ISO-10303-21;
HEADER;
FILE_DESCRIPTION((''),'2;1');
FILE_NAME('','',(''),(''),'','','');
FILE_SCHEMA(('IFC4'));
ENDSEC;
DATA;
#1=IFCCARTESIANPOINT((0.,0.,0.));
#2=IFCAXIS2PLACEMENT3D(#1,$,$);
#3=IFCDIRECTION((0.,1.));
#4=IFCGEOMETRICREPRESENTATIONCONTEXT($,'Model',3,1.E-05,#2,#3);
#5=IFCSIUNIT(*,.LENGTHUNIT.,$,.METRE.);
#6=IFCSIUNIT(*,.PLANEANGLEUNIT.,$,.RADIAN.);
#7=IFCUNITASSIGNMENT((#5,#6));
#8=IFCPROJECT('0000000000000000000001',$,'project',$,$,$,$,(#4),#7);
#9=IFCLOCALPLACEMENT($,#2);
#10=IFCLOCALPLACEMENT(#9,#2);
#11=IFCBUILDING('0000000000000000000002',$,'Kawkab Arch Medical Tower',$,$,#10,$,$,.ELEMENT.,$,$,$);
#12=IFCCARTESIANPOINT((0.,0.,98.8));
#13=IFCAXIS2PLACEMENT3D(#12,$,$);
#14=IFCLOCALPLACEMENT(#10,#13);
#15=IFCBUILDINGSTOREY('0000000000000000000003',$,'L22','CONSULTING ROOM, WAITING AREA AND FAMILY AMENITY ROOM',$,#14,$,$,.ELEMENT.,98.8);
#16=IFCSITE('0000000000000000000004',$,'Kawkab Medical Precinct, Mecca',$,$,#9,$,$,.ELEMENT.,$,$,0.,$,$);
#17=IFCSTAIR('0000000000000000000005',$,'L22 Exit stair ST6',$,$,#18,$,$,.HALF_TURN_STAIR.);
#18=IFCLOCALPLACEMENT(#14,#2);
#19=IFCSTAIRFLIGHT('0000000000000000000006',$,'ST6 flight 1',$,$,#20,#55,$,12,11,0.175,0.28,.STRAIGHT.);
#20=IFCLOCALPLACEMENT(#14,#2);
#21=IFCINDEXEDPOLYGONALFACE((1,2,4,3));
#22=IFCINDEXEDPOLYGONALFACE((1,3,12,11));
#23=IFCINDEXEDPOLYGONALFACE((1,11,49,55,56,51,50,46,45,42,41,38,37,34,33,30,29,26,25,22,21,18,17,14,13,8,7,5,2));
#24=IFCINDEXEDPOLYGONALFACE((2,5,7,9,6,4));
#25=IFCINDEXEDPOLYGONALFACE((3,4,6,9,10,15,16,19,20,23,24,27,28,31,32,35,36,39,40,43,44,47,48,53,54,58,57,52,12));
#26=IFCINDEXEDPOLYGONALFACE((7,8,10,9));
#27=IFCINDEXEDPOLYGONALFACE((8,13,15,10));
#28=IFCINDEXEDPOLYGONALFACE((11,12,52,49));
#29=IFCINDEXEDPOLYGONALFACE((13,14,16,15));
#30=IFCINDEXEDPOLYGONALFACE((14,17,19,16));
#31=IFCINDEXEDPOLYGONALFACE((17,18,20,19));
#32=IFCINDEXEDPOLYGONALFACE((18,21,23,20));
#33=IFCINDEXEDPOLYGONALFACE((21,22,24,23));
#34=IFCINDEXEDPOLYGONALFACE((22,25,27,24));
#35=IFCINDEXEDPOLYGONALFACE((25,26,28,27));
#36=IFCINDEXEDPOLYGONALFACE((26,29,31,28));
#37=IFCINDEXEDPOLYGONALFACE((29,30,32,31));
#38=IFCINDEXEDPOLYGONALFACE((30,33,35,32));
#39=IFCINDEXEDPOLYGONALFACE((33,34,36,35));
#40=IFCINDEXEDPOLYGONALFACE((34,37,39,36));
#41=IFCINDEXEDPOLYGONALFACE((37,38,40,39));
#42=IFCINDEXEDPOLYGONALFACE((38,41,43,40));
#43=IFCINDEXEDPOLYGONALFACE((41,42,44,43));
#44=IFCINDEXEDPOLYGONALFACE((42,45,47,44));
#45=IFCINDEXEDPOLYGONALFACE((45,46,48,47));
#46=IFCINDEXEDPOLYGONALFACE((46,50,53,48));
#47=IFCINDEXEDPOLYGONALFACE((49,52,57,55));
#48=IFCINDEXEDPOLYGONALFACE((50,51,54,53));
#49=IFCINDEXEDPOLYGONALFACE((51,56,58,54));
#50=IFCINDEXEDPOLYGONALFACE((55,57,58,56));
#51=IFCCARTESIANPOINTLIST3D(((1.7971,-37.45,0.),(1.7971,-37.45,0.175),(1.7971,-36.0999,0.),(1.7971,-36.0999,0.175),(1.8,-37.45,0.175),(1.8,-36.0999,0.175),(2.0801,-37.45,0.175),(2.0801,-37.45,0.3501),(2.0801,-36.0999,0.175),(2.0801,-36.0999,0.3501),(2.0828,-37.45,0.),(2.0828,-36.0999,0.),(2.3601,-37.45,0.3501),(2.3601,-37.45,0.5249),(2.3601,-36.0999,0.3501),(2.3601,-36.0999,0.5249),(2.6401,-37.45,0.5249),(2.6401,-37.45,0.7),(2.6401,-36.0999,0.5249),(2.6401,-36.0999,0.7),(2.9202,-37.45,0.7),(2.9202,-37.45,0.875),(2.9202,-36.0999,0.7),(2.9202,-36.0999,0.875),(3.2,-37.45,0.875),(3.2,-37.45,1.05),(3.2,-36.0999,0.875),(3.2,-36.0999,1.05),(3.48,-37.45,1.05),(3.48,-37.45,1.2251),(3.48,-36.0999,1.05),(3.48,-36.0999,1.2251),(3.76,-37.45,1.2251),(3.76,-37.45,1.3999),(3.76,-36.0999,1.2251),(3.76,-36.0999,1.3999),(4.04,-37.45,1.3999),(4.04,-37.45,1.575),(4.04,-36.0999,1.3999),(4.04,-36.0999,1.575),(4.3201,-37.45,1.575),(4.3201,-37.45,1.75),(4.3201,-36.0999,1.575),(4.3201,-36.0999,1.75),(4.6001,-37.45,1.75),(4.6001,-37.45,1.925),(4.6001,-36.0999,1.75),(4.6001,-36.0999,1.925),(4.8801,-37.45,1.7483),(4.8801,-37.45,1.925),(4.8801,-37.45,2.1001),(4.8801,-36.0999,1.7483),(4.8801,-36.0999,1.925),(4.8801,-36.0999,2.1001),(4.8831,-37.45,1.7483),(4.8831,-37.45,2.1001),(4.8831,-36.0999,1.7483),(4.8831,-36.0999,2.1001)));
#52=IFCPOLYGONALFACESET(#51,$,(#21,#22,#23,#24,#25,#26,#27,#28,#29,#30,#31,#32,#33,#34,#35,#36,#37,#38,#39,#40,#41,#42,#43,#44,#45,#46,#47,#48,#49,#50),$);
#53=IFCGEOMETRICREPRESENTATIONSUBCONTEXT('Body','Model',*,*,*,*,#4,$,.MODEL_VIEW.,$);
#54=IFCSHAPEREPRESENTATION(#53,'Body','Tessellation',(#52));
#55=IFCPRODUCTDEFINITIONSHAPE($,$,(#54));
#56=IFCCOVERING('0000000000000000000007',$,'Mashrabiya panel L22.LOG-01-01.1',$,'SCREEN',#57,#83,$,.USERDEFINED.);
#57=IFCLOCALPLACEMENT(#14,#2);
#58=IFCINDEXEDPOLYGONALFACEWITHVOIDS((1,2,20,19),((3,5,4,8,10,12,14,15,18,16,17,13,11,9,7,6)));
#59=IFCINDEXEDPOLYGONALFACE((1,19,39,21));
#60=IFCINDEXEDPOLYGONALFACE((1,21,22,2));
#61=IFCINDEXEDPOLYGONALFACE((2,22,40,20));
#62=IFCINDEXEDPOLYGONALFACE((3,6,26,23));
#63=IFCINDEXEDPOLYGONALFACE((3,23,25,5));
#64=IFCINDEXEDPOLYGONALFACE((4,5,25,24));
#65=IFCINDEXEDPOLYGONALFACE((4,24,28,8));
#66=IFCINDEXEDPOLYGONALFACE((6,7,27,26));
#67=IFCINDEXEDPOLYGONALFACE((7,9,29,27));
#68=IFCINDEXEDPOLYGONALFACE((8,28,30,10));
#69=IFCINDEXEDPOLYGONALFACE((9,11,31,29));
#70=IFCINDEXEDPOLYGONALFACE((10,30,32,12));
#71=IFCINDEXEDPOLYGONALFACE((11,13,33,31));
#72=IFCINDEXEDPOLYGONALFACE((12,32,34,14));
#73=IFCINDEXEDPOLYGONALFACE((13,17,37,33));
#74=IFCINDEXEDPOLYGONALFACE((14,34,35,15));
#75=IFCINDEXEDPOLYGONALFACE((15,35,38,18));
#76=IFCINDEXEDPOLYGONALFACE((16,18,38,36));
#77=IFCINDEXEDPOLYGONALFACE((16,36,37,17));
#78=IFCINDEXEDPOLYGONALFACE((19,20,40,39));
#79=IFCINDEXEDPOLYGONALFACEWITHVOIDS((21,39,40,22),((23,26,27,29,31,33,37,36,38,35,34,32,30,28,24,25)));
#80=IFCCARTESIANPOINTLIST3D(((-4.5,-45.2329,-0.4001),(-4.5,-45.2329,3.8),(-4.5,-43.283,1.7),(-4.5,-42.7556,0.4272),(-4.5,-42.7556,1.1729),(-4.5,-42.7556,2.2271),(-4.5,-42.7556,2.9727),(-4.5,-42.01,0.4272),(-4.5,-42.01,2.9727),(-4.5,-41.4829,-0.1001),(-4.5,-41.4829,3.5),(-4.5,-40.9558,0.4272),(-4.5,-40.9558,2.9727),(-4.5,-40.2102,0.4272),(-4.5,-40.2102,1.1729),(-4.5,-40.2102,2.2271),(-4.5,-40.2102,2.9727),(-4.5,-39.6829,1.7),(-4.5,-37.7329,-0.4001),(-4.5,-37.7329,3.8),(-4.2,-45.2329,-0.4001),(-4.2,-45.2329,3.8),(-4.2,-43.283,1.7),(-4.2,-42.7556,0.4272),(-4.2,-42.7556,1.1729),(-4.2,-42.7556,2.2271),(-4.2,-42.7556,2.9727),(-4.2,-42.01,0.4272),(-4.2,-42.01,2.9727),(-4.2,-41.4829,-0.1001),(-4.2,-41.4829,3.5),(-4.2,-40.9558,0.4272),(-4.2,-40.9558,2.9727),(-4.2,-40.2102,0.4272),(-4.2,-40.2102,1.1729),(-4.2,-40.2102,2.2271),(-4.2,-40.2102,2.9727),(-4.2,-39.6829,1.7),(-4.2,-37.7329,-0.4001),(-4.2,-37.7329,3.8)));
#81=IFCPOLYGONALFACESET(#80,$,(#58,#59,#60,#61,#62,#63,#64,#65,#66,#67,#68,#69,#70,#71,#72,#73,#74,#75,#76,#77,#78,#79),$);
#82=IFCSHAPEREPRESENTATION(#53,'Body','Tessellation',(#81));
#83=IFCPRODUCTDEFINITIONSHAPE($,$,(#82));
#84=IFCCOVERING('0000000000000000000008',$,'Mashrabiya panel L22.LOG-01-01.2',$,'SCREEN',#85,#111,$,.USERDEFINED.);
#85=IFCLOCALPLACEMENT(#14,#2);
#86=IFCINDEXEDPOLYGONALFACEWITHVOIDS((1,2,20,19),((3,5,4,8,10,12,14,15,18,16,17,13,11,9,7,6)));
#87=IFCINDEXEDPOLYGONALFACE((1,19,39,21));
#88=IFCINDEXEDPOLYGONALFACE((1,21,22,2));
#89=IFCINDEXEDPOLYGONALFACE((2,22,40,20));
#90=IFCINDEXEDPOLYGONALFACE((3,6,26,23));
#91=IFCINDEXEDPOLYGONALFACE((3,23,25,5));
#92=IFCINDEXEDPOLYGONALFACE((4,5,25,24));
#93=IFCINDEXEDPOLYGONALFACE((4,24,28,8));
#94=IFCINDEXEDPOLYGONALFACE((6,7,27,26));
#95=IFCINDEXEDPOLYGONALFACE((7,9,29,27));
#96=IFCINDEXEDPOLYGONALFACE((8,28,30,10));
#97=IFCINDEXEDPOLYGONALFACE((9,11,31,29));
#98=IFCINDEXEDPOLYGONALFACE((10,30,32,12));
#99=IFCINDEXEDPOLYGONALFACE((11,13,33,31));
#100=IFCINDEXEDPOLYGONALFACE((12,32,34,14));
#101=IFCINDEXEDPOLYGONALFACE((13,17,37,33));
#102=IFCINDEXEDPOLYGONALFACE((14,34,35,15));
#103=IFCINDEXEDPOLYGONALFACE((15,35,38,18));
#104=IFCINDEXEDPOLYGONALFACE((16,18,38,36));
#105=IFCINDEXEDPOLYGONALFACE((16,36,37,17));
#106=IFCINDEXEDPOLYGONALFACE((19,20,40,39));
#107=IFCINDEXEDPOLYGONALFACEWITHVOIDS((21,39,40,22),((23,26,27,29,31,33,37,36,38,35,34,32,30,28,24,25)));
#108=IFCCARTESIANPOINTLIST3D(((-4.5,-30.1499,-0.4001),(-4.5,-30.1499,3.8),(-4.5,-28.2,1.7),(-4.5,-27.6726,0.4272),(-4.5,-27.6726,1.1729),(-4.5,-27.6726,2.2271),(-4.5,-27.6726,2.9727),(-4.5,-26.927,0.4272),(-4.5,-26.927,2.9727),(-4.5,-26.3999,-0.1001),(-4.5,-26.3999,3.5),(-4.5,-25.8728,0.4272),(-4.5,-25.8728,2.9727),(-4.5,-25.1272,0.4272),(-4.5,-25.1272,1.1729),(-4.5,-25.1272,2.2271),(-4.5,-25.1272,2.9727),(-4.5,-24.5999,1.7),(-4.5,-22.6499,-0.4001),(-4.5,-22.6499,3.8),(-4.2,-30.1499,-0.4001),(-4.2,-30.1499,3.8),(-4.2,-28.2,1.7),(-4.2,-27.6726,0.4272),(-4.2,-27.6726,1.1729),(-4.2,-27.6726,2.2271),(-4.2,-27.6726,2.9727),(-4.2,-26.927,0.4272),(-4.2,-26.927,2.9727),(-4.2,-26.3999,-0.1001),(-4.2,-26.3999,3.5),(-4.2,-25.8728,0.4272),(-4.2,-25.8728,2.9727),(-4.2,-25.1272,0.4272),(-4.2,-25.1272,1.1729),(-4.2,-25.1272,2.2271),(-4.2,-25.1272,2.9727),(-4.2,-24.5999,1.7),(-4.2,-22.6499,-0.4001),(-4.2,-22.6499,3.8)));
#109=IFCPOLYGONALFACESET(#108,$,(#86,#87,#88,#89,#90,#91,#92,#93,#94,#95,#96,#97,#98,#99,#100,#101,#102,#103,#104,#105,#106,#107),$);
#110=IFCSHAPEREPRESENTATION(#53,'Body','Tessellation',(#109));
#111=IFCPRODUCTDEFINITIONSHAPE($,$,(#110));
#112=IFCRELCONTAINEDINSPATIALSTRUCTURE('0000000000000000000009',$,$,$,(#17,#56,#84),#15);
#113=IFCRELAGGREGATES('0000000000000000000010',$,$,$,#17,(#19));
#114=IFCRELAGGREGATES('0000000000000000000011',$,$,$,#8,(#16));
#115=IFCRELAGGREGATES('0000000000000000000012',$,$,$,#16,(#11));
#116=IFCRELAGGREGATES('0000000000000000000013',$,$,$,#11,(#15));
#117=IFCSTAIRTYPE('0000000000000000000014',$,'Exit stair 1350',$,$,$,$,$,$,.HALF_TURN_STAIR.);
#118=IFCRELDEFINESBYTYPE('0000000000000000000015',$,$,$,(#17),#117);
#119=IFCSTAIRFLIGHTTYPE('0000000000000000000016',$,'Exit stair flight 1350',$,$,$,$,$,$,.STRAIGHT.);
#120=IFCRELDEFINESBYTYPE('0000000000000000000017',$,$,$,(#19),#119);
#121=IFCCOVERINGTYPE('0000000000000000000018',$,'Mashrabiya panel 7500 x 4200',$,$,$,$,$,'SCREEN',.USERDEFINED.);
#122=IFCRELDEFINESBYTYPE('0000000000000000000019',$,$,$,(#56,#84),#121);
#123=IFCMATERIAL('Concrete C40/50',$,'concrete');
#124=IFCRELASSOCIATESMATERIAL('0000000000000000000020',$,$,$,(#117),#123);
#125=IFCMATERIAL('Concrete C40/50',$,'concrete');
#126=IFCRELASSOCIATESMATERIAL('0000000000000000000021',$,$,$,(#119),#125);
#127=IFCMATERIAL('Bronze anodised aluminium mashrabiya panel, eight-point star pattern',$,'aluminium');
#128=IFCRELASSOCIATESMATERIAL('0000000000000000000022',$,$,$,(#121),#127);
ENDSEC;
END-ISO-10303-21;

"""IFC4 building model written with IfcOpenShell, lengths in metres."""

from ifc_helpers import new_model, si_unit, direction, frame, origin, place, context, subcontext, project, spatial, polyline, outline, extrude, material, material_profile, profile_set, type_object, element, aggregate, save


model = new_model("IFC4")

# Units and contexts
model_context = context("Model", 3, precision=1e-05, world=origin(), true_north=direction((0.0, 1.0)))
body_context = subcontext(model_context, "Body", "Model", "MODEL_VIEW")
ifc_project = project(units=[si_unit("LENGTHUNIT", "METRE"), si_unit("PLANEANGLEUNIT", "RADIAN")], contexts=[model_context])

# Site, building, storey
site_placement = place(None, origin())
site = spatial("IfcSite", under=ifc_project, at=site_placement, Name="Kawkab Medical Precinct, Mecca", CompositionType="ELEMENT", RefElevation=0.0)
building_placement = place(site_placement, origin())
building = spatial("IfcBuilding", under=site, at=building_placement, Name="Kawkab Arch Medical Tower", CompositionType="ELEMENT")
storey_placement = place(building_placement, frame((0.0, 0.0, 98.8)))
storey = spatial("IfcBuildingStorey", under=building, at=storey_placement, Name="L22", Description="CONSULTING ROOM, WAITING AREA AND FAMILY AMENITY ROOM", CompositionType="ELEMENT", Elevation=98.8)

# Shared definitions
placement = place(storey_placement, origin())

# Stair, stair flight
ifc_material_1 = material(Name="Concrete C40/50", Category="concrete")
stair_type = type_object("IfcStairType", Name="Exit stair 1350", PredefinedType="HALF_TURN_STAIR", material=ifc_material_1)
stair = element("IfcStair", 1, at=placement, inside=storey, type_object=stair_type, Name="L22 Exit stair ST6", PredefinedType="HALF_TURN_STAIR")
ifc_material_2 = material(Name="Concrete C40/50", Category="concrete")
stair_flight_type = type_object("IfcStairFlightType", Name="Exit stair flight 1350", PredefinedType="STRAIGHT", material=ifc_material_2)
stair_flight_placement = place(storey_placement, frame((1.8, -36.7749, 0.0), z_axis=(0.0, 0.0, 1.0), x_axis=(1.0, 0.0, 0.0)))
stair_flight = element("IfcStairFlight", 2, at=stair_flight_placement, type_object=stair_flight_type, Name="ST6 flight 1", NumberOfRisers=12, NumberOfTreads=11, PredefinedType="STRAIGHT", RiserHeight=0.175, TreadLength=0.28, context=body_context, shape_type="SweptSolid", body=[
    extrude(outline(polyline([(-0.0029, 0.0), (-0.0029, 0.175), (0.0, 0.175), (0.28, 0.175), (0.28, 0.3501), (0.5601, 0.3501), (0.5601, 0.5249), (0.8401, 0.5249), (0.8401, 0.7), (1.1201, 0.7), (1.1201, 0.875), (1.3999, 0.875), (1.3999, 1.05), (1.6799, 1.05), (1.6799, 1.2251), (1.96, 1.2251), (1.96, 1.3999), (2.24, 1.3999), (2.24, 1.575), (2.52, 1.575), (2.52, 1.75), (2.8, 1.75), (2.8, 1.925), (3.0801, 1.925), (3.0801, 2.1001), (3.083, 2.1001), (3.083, 1.7483), (3.0801, 1.7483), (0.2827, 0.0), (-0.0029, 0.0)])), frame((0.0, 0.675, 0.0), z_axis=(0.0, -1.0, 0.0), x_axis=(1.0, 0.0, 0.0)), (0.0, 0.0, 1.0), 1.3501),
])
aggregate(stair, [stair_flight])

# Coverings
ifc_material_3 = material(Name="Bronze anodised aluminium mashrabiya panel, eight-point star pattern", Category="aluminium")
ifc_material_profile_1 = material_profile(ifc_material_3, outline(polyline([(-3.75, -2.1001), (3.75, -2.1001), (3.75, 2.1001), (-3.75, 2.1001), (-3.75, -2.1001)]), holes=[polyline([(1.8, 0.0), (1.2727, 0.5271), (1.2727, 1.2727), (0.5271, 1.2727), (0.0, 1.8), (-0.5271, 1.2727), (-1.2727, 1.2727), (-1.2727, 0.5271), (-1.8, 0.0), (-1.2727, -0.5271), (-1.2727, -1.2727), (-0.5271, -1.2727), (0.0, -1.8), (0.5271, -1.2727), (1.2727, -1.2727), (1.2727, -0.5271), (1.8, 0.0)])]), Name="Mashrabiya panel 7500x4200")
ifc_profile_set_1 = profile_set([ifc_material_profile_1], Name="Bronze anodised aluminium mashrabiya panel, eight-point star pattern")
covering_type = type_object("IfcCoveringType", Name="Mashrabiya panel 7500 x 4200", ElementType="SCREEN", PredefinedType="USERDEFINED", material=ifc_profile_set_1)
for number, where, z_axis, x_axis, name in (
    (3, (-4.2, -41.4829, 1.7), (-1.0, 0.0, 0.0), (0.0, -1.0, 0.0), "Mashrabiya panel L22.LOG-01-01.1"),
    (4, (-4.2, -26.3999, 1.7), (-1.0, 0.0, 0.0), (0.0, -1.0, 0.0), "Mashrabiya panel L22.LOG-01-01.2"),
):
    element("IfcCovering", number, at=place(storey_placement, frame(where, z_axis=z_axis, x_axis=x_axis)), inside=storey, type_object=covering_type, Name=name, ObjectType="SCREEN", PredefinedType="USERDEFINED", context=body_context, shape_type="SweptSolid", body=[
        extrude(outline(polyline([(-3.75, -2.1001), (3.75, -2.1001), (3.75, 2.1001), (-3.75, 2.1001), (-3.75, -2.1001)]), holes=[polyline([(1.8, 0.0), (1.2727, 0.5271), (1.2727, 1.2727), (0.5271, 1.2727), (0.0, 1.8), (-0.5271, 1.2727), (-1.2727, 1.2727), (-1.2727, 0.5271), (-1.8, 0.0), (-1.2727, -0.5271), (-1.2727, -1.2727), (-0.5271, -1.2727), (0.0, -1.8), (0.5271, -1.2727), (1.2727, -1.2727), (1.2727, -0.5271), (1.8, 0.0)])]), origin(), (0.0, 0.0, 1.0), 0.3),
    ])

save(model, "model.ifc")
